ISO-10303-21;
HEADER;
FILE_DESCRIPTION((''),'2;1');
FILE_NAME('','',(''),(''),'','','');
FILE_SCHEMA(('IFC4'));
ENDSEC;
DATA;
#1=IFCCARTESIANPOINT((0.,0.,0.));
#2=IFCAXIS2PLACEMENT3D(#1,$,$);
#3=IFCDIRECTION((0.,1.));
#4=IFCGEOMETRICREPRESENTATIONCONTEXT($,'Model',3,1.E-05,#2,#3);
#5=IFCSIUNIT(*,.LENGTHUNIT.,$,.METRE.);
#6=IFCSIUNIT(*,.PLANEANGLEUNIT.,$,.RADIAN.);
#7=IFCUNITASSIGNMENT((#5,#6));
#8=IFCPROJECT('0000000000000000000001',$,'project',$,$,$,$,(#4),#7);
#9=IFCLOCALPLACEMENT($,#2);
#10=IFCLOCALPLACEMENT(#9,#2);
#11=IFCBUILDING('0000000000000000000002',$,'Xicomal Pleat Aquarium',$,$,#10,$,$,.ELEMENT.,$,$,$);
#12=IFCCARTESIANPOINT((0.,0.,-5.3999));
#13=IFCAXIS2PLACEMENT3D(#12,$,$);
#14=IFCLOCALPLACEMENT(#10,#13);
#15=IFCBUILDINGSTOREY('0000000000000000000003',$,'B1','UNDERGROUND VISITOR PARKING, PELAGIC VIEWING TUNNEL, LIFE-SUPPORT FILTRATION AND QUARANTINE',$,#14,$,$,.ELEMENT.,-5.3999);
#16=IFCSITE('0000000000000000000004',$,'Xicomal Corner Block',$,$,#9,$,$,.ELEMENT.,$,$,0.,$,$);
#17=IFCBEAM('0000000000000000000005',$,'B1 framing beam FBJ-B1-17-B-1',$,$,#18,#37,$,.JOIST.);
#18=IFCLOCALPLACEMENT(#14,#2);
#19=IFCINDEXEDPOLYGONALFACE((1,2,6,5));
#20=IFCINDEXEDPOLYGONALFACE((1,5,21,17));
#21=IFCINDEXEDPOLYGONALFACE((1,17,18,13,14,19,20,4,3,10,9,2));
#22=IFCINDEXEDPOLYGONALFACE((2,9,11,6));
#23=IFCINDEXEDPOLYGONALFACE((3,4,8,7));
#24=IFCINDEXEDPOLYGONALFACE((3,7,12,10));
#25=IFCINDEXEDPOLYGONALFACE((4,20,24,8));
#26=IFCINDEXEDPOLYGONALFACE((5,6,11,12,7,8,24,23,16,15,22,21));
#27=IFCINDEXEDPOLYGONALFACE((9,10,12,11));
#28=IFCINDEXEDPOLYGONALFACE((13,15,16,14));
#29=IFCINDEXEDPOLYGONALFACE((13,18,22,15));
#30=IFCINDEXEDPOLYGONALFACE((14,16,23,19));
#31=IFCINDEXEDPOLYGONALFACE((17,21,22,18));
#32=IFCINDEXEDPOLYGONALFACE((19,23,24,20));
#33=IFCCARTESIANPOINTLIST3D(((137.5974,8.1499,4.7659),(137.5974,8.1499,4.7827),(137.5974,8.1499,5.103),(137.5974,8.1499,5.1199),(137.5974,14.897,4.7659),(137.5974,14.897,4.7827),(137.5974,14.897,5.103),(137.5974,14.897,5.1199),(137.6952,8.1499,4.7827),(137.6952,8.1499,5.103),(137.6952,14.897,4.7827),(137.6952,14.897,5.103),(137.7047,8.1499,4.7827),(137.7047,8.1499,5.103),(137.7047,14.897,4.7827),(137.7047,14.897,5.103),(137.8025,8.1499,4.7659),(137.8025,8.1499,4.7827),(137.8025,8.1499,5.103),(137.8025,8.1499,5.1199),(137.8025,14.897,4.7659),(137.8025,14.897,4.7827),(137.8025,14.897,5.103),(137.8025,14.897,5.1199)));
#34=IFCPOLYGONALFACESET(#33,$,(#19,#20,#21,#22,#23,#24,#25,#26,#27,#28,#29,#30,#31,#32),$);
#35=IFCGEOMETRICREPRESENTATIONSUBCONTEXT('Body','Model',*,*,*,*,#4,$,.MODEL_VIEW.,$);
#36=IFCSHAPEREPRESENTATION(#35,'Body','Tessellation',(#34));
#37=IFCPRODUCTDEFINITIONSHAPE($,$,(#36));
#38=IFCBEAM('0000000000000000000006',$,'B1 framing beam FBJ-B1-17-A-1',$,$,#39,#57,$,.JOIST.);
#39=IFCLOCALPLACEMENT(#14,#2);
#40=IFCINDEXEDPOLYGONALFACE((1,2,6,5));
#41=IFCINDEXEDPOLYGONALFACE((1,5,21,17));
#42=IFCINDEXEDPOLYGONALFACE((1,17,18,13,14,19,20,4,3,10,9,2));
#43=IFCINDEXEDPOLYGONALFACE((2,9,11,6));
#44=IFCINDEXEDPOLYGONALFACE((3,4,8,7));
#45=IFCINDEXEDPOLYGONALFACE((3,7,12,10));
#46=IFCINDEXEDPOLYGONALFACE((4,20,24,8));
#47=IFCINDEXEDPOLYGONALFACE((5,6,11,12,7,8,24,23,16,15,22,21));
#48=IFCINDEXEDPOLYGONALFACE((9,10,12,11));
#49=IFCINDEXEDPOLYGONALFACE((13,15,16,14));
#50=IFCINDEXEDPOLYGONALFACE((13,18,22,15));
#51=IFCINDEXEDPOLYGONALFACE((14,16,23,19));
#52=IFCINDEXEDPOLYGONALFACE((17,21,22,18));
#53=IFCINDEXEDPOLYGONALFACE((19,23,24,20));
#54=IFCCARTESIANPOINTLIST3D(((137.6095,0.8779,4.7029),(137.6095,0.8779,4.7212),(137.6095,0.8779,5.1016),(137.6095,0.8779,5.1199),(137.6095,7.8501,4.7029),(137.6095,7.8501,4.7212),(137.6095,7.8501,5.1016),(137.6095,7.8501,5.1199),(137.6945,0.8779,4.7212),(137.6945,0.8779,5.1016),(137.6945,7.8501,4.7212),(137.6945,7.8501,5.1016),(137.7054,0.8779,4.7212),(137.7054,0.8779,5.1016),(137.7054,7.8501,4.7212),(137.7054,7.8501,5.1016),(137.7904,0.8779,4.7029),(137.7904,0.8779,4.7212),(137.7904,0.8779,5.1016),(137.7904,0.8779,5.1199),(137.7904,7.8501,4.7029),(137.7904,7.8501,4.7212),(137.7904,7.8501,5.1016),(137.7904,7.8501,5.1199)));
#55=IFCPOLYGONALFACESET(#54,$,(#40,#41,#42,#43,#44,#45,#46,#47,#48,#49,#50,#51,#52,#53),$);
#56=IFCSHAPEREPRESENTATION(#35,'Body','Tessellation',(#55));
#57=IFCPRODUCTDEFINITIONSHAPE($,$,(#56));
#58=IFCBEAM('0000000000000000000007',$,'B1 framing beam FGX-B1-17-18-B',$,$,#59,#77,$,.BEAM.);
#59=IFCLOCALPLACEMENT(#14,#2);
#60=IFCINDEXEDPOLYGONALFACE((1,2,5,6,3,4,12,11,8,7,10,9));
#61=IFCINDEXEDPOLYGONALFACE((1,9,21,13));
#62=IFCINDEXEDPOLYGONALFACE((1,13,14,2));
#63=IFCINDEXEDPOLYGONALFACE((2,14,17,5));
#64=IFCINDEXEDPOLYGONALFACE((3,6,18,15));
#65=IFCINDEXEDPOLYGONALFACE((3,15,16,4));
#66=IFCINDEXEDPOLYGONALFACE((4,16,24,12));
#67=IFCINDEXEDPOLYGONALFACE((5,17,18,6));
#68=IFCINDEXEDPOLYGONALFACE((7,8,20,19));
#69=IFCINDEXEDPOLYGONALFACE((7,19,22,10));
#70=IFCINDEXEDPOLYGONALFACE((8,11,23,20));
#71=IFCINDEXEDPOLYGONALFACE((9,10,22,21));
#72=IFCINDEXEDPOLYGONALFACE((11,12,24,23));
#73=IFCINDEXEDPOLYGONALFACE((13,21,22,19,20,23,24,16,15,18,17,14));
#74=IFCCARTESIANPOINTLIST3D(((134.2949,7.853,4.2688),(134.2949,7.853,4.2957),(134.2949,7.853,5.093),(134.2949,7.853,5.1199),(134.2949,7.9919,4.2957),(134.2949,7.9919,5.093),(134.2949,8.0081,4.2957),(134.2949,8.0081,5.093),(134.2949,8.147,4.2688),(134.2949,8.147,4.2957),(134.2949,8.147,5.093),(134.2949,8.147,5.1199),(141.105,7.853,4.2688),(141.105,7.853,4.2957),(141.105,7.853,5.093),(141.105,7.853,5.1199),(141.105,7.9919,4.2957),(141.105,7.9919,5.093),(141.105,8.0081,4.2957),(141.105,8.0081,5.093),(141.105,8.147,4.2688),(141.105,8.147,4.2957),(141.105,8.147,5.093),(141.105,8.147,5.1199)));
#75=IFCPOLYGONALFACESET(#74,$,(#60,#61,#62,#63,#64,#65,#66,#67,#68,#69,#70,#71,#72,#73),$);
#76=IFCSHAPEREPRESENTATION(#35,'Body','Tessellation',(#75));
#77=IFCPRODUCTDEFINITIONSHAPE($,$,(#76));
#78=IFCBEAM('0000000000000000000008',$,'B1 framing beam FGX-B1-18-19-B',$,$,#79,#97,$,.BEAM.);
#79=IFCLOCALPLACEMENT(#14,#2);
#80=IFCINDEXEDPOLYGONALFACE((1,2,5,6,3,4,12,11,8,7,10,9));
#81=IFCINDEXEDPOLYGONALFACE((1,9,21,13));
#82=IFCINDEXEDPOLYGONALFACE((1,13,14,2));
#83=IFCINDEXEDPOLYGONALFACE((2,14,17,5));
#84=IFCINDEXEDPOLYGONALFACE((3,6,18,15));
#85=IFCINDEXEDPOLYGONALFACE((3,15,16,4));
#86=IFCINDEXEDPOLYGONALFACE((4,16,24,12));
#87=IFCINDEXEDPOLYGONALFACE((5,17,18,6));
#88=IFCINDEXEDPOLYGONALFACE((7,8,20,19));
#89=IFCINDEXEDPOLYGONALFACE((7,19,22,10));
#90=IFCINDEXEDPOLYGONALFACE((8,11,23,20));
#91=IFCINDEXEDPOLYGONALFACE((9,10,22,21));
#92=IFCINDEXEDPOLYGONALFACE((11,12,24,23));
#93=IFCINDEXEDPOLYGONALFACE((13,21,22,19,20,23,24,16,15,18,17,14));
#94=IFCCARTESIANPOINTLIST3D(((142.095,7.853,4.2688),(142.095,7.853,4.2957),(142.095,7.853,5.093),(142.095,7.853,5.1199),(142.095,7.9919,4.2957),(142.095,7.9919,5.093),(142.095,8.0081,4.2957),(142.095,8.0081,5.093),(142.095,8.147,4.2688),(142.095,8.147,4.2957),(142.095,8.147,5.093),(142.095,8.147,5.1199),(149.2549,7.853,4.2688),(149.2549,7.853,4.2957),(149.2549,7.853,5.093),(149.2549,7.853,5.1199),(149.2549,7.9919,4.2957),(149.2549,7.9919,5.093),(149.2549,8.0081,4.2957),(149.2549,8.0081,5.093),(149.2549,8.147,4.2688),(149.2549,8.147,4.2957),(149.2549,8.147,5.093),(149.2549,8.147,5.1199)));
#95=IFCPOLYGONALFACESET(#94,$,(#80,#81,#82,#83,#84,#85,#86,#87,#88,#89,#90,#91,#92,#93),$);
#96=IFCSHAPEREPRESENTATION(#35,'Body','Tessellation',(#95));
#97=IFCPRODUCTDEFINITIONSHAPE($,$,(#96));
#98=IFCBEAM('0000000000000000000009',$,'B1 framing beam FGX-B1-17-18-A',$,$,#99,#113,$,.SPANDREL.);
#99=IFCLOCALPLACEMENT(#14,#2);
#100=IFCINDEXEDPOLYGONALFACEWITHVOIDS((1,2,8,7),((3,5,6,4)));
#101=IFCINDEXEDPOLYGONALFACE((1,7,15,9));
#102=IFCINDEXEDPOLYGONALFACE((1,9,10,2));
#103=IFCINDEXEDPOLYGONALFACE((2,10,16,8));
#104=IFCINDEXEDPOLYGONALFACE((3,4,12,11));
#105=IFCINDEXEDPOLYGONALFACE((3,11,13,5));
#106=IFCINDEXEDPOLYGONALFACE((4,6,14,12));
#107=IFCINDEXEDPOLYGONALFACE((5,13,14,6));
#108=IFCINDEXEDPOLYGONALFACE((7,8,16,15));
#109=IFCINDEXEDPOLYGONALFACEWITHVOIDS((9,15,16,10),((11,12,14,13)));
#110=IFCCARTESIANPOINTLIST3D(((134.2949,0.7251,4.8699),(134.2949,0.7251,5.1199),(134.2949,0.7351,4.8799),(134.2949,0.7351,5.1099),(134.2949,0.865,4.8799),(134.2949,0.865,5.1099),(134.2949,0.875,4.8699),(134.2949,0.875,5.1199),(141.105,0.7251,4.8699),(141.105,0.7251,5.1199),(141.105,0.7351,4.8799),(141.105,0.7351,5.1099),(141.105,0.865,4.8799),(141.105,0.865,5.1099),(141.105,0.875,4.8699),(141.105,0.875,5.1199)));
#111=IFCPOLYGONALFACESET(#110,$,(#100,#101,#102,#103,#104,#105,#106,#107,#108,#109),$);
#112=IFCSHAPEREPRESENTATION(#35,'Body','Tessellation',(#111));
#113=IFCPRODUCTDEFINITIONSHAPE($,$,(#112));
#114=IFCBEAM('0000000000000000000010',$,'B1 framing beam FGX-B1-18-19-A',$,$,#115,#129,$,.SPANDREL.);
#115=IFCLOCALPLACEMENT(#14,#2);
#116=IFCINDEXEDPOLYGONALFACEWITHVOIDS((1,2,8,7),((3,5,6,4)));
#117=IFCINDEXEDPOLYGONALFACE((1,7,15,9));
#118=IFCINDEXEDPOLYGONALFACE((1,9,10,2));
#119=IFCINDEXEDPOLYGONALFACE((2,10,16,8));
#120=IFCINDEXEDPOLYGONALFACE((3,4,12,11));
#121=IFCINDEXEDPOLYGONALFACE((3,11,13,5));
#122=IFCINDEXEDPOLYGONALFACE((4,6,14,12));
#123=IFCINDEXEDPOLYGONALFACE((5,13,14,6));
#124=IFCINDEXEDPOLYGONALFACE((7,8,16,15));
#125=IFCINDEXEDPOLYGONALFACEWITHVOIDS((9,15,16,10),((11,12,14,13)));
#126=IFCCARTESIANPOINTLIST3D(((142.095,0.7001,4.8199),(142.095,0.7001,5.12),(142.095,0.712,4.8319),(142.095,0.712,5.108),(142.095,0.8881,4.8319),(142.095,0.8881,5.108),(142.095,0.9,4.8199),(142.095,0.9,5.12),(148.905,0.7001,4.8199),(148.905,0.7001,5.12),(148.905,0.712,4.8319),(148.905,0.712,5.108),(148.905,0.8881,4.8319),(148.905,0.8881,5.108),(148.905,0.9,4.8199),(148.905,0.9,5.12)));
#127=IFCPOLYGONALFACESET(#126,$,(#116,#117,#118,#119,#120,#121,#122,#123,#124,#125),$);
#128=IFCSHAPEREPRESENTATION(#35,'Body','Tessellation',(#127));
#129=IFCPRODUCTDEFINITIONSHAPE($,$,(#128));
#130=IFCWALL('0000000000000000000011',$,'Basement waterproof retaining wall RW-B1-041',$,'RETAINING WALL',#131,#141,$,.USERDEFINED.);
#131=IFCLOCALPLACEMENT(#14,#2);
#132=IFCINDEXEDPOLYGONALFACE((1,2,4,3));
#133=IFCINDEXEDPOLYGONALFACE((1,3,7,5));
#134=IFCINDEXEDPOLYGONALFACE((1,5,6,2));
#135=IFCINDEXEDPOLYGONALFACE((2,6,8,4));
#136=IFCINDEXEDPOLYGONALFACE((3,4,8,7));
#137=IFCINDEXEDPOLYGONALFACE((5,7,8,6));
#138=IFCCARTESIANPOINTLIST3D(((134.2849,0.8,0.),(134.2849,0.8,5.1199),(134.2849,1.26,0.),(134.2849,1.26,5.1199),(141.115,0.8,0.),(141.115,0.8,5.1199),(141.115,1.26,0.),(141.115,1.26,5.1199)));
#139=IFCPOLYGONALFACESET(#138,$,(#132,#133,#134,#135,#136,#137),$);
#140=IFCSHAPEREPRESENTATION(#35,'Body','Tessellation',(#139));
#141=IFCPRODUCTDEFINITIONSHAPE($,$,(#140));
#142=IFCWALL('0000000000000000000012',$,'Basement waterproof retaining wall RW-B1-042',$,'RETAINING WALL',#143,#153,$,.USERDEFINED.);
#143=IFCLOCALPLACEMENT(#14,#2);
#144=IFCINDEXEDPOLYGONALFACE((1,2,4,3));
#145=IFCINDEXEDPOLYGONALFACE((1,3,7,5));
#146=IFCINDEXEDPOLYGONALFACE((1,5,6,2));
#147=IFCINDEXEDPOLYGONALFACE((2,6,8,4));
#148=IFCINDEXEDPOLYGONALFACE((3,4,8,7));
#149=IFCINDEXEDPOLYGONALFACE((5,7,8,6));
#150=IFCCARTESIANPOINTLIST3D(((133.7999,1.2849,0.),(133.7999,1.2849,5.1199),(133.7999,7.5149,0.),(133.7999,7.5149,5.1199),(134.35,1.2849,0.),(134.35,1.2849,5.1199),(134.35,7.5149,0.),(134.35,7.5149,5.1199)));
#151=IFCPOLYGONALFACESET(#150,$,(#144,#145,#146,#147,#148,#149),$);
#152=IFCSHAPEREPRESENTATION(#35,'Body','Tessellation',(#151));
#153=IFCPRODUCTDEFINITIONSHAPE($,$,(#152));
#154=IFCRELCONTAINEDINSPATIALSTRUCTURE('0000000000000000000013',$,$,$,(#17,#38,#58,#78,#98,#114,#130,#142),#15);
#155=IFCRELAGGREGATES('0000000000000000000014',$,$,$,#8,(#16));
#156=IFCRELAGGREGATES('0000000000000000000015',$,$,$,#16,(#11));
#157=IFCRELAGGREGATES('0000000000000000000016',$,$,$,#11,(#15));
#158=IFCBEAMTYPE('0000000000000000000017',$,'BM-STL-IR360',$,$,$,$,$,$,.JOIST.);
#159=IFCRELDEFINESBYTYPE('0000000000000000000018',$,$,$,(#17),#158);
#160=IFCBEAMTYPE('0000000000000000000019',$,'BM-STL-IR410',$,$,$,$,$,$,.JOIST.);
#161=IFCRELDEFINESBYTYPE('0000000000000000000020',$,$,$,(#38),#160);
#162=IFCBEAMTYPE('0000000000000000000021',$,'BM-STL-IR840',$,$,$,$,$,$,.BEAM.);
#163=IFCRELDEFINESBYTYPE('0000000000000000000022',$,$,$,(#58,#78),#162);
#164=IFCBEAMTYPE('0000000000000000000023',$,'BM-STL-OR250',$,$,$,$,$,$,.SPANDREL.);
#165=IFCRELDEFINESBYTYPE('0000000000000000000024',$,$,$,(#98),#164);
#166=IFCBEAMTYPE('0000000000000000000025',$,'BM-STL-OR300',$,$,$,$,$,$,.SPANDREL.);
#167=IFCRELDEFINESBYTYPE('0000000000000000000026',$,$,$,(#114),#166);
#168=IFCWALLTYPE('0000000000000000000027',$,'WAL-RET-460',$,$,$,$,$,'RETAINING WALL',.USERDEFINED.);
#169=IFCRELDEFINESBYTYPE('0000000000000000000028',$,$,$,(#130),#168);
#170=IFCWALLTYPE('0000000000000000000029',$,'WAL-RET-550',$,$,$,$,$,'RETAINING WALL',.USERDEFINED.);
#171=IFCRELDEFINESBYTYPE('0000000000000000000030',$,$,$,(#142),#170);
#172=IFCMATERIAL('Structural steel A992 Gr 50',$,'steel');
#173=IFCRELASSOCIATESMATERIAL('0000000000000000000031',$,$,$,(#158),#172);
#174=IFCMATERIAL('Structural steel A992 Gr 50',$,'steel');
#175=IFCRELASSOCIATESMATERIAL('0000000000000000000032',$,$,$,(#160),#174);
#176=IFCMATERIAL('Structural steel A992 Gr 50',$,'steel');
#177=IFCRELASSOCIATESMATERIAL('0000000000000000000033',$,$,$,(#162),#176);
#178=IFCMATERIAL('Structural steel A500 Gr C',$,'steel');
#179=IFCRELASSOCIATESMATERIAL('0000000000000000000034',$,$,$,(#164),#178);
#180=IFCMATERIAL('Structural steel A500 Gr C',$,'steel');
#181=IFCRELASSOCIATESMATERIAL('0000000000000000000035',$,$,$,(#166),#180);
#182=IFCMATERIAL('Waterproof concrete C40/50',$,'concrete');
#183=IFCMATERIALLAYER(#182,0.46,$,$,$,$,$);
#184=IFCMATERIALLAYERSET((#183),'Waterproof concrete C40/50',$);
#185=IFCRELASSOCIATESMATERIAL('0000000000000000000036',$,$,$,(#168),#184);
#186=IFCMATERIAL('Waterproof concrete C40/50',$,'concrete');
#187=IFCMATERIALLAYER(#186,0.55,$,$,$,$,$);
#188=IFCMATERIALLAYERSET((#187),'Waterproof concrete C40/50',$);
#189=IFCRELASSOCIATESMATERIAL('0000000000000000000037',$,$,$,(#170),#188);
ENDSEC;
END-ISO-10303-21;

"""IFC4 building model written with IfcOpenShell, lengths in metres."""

from ifc_helpers import new_model, si_unit, direction, frame, frame_2d, origin, origin_2d, place, context, subcontext, project, spatial, rectangle, hollow_rectangle, i_section, extrude, material, layer, layer_set, material_profile, profile_set, type_object, element, save


model = new_model("IFC4")

# Units and contexts
model_context = context("Model", 3, precision=1e-05, world=origin(), true_north=direction((0.0, 1.0)))
body_context = subcontext(model_context, "Body", "Model", "MODEL_VIEW")
ifc_project = project(units=[si_unit("LENGTHUNIT", "METRE"), si_unit("PLANEANGLEUNIT", "RADIAN")], contexts=[model_context])

# Site, building, storey
site_placement = place(None, origin())
site = spatial("IfcSite", under=ifc_project, at=site_placement, Name="Xicomal Corner Block", CompositionType="ELEMENT", RefElevation=0.0)
building_placement = place(site_placement, origin())
building = spatial("IfcBuilding", under=site, at=building_placement, Name="Xicomal Pleat Aquarium", CompositionType="ELEMENT")
storey_placement = place(building_placement, frame((0.0, 0.0, -5.3999)))
storey = spatial("IfcBuildingStorey", under=building, at=storey_placement, Name="B1", Description="UNDERGROUND VISITOR PARKING, PELAGIC VIEWING TUNNEL, LIFE-SUPPORT FILTRATION AND QUARANTINE", CompositionType="ELEMENT", Elevation=-5.3999)

# Beams
ifc_material_1 = material(Name="Structural steel A992 Gr 50", Category="steel")
ifc_material_profile_1 = material_profile(ifc_material_1, i_section(OverallWidth=0.2051, OverallDepth=0.354, WebThickness=0.0095, FlangeThickness=0.0168, at=origin_2d()), Name="IR 360x79")
ifc_profile_set_1 = profile_set([ifc_material_profile_1], Name="Structural steel A992 Gr 50")
beam_type_1 = type_object("IfcBeamType", Name="BM-STL-IR360", PredefinedType="JOIST", material=ifc_profile_set_1)
beam_1_placement = place(storey_placement, frame((137.7, 8.1499, 4.9429), z_axis=(0.0, 1.0, 0.0), x_axis=(-1.0, 0.0, 0.0)))
element("IfcBeam", 1, at=beam_1_placement, inside=storey, type_object=beam_type_1, Name="B1 framing beam FBJ-B1-17-B-1", PredefinedType="JOIST", context=body_context, shape_type="SweptSolid", body=[
    extrude(i_section(OverallWidth=0.2051, OverallDepth=0.354, WebThickness=0.0095, FlangeThickness=0.0168, at=origin_2d()), origin(), (0.0, 0.0, 1.0), 6.7471),
])
ifc_material_2 = material(Name="Structural steel A992 Gr 50", Category="steel")
ifc_material_profile_2 = material_profile(ifc_material_2, i_section(OverallWidth=0.1809, OverallDepth=0.417, WebThickness=0.011, FlangeThickness=0.0183, at=origin_2d()), Name="IR 410x85")
ifc_profile_set_2 = profile_set([ifc_material_profile_2], Name="Structural steel A992 Gr 50")
beam_type_2 = type_object("IfcBeamType", Name="BM-STL-IR410", PredefinedType="JOIST", material=ifc_profile_set_2)
beam_2_placement = place(storey_placement, frame((137.7, 0.8779, 4.9114), z_axis=(0.0, 1.0, 0.0), x_axis=(-1.0, 0.0, 0.0)))
element("IfcBeam", 2, at=beam_2_placement, inside=storey, type_object=beam_type_2, Name="B1 framing beam FBJ-B1-17-A-1", PredefinedType="JOIST", context=body_context, shape_type="SweptSolid", body=[
    extrude(i_section(OverallWidth=0.1809, OverallDepth=0.417, WebThickness=0.011, FlangeThickness=0.0183, at=origin_2d()), origin(), (0.0, 0.0, 1.0), 6.9722),
])
ifc_material_3 = material(Name="Structural steel A992 Gr 50", Category="steel")
ifc_material_profile_3 = material_profile(ifc_material_3, i_section(OverallWidth=0.2939, OverallDepth=0.8511, WebThickness=0.0161, FlangeThickness=0.0269, at=origin_2d()), Name="IR 840x226")
ifc_profile_set_3 = profile_set([ifc_material_profile_3], Name="Structural steel A992 Gr 50")
beam_type_3 = type_object("IfcBeamType", Name="BM-STL-IR840", PredefinedType="BEAM", material=ifc_profile_set_3)
beam_3_placement = place(storey_placement, frame((134.2949, 8.0, 4.6943), z_axis=(1.0, 0.0, 0.0), x_axis=(0.0, 1.0, 0.0)))
element("IfcBeam", 3, at=beam_3_placement, inside=storey, type_object=beam_type_3, Name="B1 framing beam FGX-B1-17-18-B", PredefinedType="BEAM", context=body_context, shape_type="SweptSolid", body=[
    extrude(i_section(OverallWidth=0.2939, OverallDepth=0.8511, WebThickness=0.0161, FlangeThickness=0.0269, at=origin_2d()), origin(), (0.0, 0.0, 1.0), 6.8101),
])
beam_4_placement = place(storey_placement, frame((142.095, 8.0, 4.6943), z_axis=(1.0, 0.0, 0.0), x_axis=(0.0, 1.0, 0.0)))
element("IfcBeam", 4, at=beam_4_placement, inside=storey, type_object=beam_type_3, Name="B1 framing beam FGX-B1-18-19-B", PredefinedType="BEAM", context=body_context, shape_type="SweptSolid", body=[
    extrude(i_section(OverallWidth=0.2939, OverallDepth=0.8511, WebThickness=0.0161, FlangeThickness=0.0269, at=origin_2d()), origin(), (0.0, 0.0, 1.0), 7.1599),
])
ifc_material_4 = material(Name="Structural steel A500 Gr C", Category="steel")
ifc_material_profile_4 = material_profile(ifc_material_4, hollow_rectangle(XDim=0.1499, YDim=0.25, WallThickness=0.01, at=origin_2d()), Name="OR 250x150x10")
ifc_profile_set_4 = profile_set([ifc_material_profile_4], Name="Structural steel A500 Gr C")
beam_type_4 = type_object("IfcBeamType", Name="BM-STL-OR250", PredefinedType="SPANDREL", material=ifc_profile_set_4)
beam_5_placement = place(storey_placement, frame((134.2949, 0.8, 4.9949), z_axis=(1.0, 0.0, 0.0), x_axis=(0.0, 1.0, 0.0)))
element("IfcBeam", 5, at=beam_5_placement, inside=storey, type_object=beam_type_4, Name="B1 framing beam FGX-B1-17-18-A", PredefinedType="SPANDREL", context=body_context, shape_type="SweptSolid", body=[
    extrude(hollow_rectangle(XDim=0.1499, YDim=0.25, WallThickness=0.01, at=origin_2d()), origin(), (0.0, 0.0, 1.0), 6.8101),
])
ifc_material_5 = material(Name="Structural steel A500 Gr C", Category="steel")
ifc_material_profile_5 = material_profile(ifc_material_5, hollow_rectangle(XDim=0.2, YDim=0.3, WallThickness=0.012, at=origin_2d()), Name="OR 300x200x12")
ifc_profile_set_5 = profile_set([ifc_material_profile_5], Name="Structural steel A500 Gr C")
beam_type_5 = type_object("IfcBeamType", Name="BM-STL-OR300", PredefinedType="SPANDREL", material=ifc_profile_set_5)
beam_6_placement = place(storey_placement, frame((142.095, 0.8, 4.97), z_axis=(1.0, 0.0, 0.0), x_axis=(0.0, 1.0, 0.0)))
element("IfcBeam", 6, at=beam_6_placement, inside=storey, type_object=beam_type_5, Name="B1 framing beam FGX-B1-18-19-A", PredefinedType="SPANDREL", context=body_context, shape_type="SweptSolid", body=[
    extrude(hollow_rectangle(XDim=0.2, YDim=0.3, WallThickness=0.012, at=origin_2d()), origin(), (0.0, 0.0, 1.0), 6.8101),
])

# Walls
ifc_material_6 = material(Name="Waterproof concrete C40/50", Category="concrete")
ifc_layer_1 = layer(ifc_material_6, 0.46)
ifc_layer_set_1 = layer_set([ifc_layer_1], Name="Waterproof concrete C40/50")
wall_type_1 = type_object("IfcWallType", Name="WAL-RET-460", ElementType="RETAINING WALL", PredefinedType="USERDEFINED", material=ifc_layer_set_1)
wall_1_placement = place(storey_placement, frame((141.115, 1.03, 0.0), z_axis=(0.0, 0.0, 1.0), x_axis=(-1.0, 0.0, 0.0)))
element("IfcWall", 7, at=wall_1_placement, inside=storey, type_object=wall_type_1, Name="Basement waterproof retaining wall RW-B1-041", ObjectType="RETAINING WALL", PredefinedType="USERDEFINED", context=body_context, shape_type="SweptSolid", body=[
    extrude(rectangle(XDim=6.8301, YDim=0.46, at=frame_2d((3.415, 0.0))), origin(), (0.0, 0.0, 1.0), 5.1199),
])
ifc_material_7 = material(Name="Waterproof concrete C40/50", Category="concrete")
ifc_layer_2 = layer(ifc_material_7, 0.55)
ifc_layer_set_2 = layer_set([ifc_layer_2], Name="Waterproof concrete C40/50")
wall_type_2 = type_object("IfcWallType", Name="WAL-RET-550", ElementType="RETAINING WALL", PredefinedType="USERDEFINED", material=ifc_layer_set_2)
wall_2_placement = place(storey_placement, frame((134.075, 1.2849, 0.0), z_axis=(0.0, 0.0, 1.0), x_axis=(0.0, 1.0, 0.0)))
element("IfcWall", 8, at=wall_2_placement, inside=storey, type_object=wall_type_2, Name="Basement waterproof retaining wall RW-B1-042", ObjectType="RETAINING WALL", PredefinedType="USERDEFINED", context=body_context, shape_type="SweptSolid", body=[
    extrude(rectangle(XDim=6.23, YDim=0.55, at=frame_2d((3.115, 0.0))), origin(), (0.0, 0.0, 1.0), 5.1199),
])

save(model, "model.ifc")
